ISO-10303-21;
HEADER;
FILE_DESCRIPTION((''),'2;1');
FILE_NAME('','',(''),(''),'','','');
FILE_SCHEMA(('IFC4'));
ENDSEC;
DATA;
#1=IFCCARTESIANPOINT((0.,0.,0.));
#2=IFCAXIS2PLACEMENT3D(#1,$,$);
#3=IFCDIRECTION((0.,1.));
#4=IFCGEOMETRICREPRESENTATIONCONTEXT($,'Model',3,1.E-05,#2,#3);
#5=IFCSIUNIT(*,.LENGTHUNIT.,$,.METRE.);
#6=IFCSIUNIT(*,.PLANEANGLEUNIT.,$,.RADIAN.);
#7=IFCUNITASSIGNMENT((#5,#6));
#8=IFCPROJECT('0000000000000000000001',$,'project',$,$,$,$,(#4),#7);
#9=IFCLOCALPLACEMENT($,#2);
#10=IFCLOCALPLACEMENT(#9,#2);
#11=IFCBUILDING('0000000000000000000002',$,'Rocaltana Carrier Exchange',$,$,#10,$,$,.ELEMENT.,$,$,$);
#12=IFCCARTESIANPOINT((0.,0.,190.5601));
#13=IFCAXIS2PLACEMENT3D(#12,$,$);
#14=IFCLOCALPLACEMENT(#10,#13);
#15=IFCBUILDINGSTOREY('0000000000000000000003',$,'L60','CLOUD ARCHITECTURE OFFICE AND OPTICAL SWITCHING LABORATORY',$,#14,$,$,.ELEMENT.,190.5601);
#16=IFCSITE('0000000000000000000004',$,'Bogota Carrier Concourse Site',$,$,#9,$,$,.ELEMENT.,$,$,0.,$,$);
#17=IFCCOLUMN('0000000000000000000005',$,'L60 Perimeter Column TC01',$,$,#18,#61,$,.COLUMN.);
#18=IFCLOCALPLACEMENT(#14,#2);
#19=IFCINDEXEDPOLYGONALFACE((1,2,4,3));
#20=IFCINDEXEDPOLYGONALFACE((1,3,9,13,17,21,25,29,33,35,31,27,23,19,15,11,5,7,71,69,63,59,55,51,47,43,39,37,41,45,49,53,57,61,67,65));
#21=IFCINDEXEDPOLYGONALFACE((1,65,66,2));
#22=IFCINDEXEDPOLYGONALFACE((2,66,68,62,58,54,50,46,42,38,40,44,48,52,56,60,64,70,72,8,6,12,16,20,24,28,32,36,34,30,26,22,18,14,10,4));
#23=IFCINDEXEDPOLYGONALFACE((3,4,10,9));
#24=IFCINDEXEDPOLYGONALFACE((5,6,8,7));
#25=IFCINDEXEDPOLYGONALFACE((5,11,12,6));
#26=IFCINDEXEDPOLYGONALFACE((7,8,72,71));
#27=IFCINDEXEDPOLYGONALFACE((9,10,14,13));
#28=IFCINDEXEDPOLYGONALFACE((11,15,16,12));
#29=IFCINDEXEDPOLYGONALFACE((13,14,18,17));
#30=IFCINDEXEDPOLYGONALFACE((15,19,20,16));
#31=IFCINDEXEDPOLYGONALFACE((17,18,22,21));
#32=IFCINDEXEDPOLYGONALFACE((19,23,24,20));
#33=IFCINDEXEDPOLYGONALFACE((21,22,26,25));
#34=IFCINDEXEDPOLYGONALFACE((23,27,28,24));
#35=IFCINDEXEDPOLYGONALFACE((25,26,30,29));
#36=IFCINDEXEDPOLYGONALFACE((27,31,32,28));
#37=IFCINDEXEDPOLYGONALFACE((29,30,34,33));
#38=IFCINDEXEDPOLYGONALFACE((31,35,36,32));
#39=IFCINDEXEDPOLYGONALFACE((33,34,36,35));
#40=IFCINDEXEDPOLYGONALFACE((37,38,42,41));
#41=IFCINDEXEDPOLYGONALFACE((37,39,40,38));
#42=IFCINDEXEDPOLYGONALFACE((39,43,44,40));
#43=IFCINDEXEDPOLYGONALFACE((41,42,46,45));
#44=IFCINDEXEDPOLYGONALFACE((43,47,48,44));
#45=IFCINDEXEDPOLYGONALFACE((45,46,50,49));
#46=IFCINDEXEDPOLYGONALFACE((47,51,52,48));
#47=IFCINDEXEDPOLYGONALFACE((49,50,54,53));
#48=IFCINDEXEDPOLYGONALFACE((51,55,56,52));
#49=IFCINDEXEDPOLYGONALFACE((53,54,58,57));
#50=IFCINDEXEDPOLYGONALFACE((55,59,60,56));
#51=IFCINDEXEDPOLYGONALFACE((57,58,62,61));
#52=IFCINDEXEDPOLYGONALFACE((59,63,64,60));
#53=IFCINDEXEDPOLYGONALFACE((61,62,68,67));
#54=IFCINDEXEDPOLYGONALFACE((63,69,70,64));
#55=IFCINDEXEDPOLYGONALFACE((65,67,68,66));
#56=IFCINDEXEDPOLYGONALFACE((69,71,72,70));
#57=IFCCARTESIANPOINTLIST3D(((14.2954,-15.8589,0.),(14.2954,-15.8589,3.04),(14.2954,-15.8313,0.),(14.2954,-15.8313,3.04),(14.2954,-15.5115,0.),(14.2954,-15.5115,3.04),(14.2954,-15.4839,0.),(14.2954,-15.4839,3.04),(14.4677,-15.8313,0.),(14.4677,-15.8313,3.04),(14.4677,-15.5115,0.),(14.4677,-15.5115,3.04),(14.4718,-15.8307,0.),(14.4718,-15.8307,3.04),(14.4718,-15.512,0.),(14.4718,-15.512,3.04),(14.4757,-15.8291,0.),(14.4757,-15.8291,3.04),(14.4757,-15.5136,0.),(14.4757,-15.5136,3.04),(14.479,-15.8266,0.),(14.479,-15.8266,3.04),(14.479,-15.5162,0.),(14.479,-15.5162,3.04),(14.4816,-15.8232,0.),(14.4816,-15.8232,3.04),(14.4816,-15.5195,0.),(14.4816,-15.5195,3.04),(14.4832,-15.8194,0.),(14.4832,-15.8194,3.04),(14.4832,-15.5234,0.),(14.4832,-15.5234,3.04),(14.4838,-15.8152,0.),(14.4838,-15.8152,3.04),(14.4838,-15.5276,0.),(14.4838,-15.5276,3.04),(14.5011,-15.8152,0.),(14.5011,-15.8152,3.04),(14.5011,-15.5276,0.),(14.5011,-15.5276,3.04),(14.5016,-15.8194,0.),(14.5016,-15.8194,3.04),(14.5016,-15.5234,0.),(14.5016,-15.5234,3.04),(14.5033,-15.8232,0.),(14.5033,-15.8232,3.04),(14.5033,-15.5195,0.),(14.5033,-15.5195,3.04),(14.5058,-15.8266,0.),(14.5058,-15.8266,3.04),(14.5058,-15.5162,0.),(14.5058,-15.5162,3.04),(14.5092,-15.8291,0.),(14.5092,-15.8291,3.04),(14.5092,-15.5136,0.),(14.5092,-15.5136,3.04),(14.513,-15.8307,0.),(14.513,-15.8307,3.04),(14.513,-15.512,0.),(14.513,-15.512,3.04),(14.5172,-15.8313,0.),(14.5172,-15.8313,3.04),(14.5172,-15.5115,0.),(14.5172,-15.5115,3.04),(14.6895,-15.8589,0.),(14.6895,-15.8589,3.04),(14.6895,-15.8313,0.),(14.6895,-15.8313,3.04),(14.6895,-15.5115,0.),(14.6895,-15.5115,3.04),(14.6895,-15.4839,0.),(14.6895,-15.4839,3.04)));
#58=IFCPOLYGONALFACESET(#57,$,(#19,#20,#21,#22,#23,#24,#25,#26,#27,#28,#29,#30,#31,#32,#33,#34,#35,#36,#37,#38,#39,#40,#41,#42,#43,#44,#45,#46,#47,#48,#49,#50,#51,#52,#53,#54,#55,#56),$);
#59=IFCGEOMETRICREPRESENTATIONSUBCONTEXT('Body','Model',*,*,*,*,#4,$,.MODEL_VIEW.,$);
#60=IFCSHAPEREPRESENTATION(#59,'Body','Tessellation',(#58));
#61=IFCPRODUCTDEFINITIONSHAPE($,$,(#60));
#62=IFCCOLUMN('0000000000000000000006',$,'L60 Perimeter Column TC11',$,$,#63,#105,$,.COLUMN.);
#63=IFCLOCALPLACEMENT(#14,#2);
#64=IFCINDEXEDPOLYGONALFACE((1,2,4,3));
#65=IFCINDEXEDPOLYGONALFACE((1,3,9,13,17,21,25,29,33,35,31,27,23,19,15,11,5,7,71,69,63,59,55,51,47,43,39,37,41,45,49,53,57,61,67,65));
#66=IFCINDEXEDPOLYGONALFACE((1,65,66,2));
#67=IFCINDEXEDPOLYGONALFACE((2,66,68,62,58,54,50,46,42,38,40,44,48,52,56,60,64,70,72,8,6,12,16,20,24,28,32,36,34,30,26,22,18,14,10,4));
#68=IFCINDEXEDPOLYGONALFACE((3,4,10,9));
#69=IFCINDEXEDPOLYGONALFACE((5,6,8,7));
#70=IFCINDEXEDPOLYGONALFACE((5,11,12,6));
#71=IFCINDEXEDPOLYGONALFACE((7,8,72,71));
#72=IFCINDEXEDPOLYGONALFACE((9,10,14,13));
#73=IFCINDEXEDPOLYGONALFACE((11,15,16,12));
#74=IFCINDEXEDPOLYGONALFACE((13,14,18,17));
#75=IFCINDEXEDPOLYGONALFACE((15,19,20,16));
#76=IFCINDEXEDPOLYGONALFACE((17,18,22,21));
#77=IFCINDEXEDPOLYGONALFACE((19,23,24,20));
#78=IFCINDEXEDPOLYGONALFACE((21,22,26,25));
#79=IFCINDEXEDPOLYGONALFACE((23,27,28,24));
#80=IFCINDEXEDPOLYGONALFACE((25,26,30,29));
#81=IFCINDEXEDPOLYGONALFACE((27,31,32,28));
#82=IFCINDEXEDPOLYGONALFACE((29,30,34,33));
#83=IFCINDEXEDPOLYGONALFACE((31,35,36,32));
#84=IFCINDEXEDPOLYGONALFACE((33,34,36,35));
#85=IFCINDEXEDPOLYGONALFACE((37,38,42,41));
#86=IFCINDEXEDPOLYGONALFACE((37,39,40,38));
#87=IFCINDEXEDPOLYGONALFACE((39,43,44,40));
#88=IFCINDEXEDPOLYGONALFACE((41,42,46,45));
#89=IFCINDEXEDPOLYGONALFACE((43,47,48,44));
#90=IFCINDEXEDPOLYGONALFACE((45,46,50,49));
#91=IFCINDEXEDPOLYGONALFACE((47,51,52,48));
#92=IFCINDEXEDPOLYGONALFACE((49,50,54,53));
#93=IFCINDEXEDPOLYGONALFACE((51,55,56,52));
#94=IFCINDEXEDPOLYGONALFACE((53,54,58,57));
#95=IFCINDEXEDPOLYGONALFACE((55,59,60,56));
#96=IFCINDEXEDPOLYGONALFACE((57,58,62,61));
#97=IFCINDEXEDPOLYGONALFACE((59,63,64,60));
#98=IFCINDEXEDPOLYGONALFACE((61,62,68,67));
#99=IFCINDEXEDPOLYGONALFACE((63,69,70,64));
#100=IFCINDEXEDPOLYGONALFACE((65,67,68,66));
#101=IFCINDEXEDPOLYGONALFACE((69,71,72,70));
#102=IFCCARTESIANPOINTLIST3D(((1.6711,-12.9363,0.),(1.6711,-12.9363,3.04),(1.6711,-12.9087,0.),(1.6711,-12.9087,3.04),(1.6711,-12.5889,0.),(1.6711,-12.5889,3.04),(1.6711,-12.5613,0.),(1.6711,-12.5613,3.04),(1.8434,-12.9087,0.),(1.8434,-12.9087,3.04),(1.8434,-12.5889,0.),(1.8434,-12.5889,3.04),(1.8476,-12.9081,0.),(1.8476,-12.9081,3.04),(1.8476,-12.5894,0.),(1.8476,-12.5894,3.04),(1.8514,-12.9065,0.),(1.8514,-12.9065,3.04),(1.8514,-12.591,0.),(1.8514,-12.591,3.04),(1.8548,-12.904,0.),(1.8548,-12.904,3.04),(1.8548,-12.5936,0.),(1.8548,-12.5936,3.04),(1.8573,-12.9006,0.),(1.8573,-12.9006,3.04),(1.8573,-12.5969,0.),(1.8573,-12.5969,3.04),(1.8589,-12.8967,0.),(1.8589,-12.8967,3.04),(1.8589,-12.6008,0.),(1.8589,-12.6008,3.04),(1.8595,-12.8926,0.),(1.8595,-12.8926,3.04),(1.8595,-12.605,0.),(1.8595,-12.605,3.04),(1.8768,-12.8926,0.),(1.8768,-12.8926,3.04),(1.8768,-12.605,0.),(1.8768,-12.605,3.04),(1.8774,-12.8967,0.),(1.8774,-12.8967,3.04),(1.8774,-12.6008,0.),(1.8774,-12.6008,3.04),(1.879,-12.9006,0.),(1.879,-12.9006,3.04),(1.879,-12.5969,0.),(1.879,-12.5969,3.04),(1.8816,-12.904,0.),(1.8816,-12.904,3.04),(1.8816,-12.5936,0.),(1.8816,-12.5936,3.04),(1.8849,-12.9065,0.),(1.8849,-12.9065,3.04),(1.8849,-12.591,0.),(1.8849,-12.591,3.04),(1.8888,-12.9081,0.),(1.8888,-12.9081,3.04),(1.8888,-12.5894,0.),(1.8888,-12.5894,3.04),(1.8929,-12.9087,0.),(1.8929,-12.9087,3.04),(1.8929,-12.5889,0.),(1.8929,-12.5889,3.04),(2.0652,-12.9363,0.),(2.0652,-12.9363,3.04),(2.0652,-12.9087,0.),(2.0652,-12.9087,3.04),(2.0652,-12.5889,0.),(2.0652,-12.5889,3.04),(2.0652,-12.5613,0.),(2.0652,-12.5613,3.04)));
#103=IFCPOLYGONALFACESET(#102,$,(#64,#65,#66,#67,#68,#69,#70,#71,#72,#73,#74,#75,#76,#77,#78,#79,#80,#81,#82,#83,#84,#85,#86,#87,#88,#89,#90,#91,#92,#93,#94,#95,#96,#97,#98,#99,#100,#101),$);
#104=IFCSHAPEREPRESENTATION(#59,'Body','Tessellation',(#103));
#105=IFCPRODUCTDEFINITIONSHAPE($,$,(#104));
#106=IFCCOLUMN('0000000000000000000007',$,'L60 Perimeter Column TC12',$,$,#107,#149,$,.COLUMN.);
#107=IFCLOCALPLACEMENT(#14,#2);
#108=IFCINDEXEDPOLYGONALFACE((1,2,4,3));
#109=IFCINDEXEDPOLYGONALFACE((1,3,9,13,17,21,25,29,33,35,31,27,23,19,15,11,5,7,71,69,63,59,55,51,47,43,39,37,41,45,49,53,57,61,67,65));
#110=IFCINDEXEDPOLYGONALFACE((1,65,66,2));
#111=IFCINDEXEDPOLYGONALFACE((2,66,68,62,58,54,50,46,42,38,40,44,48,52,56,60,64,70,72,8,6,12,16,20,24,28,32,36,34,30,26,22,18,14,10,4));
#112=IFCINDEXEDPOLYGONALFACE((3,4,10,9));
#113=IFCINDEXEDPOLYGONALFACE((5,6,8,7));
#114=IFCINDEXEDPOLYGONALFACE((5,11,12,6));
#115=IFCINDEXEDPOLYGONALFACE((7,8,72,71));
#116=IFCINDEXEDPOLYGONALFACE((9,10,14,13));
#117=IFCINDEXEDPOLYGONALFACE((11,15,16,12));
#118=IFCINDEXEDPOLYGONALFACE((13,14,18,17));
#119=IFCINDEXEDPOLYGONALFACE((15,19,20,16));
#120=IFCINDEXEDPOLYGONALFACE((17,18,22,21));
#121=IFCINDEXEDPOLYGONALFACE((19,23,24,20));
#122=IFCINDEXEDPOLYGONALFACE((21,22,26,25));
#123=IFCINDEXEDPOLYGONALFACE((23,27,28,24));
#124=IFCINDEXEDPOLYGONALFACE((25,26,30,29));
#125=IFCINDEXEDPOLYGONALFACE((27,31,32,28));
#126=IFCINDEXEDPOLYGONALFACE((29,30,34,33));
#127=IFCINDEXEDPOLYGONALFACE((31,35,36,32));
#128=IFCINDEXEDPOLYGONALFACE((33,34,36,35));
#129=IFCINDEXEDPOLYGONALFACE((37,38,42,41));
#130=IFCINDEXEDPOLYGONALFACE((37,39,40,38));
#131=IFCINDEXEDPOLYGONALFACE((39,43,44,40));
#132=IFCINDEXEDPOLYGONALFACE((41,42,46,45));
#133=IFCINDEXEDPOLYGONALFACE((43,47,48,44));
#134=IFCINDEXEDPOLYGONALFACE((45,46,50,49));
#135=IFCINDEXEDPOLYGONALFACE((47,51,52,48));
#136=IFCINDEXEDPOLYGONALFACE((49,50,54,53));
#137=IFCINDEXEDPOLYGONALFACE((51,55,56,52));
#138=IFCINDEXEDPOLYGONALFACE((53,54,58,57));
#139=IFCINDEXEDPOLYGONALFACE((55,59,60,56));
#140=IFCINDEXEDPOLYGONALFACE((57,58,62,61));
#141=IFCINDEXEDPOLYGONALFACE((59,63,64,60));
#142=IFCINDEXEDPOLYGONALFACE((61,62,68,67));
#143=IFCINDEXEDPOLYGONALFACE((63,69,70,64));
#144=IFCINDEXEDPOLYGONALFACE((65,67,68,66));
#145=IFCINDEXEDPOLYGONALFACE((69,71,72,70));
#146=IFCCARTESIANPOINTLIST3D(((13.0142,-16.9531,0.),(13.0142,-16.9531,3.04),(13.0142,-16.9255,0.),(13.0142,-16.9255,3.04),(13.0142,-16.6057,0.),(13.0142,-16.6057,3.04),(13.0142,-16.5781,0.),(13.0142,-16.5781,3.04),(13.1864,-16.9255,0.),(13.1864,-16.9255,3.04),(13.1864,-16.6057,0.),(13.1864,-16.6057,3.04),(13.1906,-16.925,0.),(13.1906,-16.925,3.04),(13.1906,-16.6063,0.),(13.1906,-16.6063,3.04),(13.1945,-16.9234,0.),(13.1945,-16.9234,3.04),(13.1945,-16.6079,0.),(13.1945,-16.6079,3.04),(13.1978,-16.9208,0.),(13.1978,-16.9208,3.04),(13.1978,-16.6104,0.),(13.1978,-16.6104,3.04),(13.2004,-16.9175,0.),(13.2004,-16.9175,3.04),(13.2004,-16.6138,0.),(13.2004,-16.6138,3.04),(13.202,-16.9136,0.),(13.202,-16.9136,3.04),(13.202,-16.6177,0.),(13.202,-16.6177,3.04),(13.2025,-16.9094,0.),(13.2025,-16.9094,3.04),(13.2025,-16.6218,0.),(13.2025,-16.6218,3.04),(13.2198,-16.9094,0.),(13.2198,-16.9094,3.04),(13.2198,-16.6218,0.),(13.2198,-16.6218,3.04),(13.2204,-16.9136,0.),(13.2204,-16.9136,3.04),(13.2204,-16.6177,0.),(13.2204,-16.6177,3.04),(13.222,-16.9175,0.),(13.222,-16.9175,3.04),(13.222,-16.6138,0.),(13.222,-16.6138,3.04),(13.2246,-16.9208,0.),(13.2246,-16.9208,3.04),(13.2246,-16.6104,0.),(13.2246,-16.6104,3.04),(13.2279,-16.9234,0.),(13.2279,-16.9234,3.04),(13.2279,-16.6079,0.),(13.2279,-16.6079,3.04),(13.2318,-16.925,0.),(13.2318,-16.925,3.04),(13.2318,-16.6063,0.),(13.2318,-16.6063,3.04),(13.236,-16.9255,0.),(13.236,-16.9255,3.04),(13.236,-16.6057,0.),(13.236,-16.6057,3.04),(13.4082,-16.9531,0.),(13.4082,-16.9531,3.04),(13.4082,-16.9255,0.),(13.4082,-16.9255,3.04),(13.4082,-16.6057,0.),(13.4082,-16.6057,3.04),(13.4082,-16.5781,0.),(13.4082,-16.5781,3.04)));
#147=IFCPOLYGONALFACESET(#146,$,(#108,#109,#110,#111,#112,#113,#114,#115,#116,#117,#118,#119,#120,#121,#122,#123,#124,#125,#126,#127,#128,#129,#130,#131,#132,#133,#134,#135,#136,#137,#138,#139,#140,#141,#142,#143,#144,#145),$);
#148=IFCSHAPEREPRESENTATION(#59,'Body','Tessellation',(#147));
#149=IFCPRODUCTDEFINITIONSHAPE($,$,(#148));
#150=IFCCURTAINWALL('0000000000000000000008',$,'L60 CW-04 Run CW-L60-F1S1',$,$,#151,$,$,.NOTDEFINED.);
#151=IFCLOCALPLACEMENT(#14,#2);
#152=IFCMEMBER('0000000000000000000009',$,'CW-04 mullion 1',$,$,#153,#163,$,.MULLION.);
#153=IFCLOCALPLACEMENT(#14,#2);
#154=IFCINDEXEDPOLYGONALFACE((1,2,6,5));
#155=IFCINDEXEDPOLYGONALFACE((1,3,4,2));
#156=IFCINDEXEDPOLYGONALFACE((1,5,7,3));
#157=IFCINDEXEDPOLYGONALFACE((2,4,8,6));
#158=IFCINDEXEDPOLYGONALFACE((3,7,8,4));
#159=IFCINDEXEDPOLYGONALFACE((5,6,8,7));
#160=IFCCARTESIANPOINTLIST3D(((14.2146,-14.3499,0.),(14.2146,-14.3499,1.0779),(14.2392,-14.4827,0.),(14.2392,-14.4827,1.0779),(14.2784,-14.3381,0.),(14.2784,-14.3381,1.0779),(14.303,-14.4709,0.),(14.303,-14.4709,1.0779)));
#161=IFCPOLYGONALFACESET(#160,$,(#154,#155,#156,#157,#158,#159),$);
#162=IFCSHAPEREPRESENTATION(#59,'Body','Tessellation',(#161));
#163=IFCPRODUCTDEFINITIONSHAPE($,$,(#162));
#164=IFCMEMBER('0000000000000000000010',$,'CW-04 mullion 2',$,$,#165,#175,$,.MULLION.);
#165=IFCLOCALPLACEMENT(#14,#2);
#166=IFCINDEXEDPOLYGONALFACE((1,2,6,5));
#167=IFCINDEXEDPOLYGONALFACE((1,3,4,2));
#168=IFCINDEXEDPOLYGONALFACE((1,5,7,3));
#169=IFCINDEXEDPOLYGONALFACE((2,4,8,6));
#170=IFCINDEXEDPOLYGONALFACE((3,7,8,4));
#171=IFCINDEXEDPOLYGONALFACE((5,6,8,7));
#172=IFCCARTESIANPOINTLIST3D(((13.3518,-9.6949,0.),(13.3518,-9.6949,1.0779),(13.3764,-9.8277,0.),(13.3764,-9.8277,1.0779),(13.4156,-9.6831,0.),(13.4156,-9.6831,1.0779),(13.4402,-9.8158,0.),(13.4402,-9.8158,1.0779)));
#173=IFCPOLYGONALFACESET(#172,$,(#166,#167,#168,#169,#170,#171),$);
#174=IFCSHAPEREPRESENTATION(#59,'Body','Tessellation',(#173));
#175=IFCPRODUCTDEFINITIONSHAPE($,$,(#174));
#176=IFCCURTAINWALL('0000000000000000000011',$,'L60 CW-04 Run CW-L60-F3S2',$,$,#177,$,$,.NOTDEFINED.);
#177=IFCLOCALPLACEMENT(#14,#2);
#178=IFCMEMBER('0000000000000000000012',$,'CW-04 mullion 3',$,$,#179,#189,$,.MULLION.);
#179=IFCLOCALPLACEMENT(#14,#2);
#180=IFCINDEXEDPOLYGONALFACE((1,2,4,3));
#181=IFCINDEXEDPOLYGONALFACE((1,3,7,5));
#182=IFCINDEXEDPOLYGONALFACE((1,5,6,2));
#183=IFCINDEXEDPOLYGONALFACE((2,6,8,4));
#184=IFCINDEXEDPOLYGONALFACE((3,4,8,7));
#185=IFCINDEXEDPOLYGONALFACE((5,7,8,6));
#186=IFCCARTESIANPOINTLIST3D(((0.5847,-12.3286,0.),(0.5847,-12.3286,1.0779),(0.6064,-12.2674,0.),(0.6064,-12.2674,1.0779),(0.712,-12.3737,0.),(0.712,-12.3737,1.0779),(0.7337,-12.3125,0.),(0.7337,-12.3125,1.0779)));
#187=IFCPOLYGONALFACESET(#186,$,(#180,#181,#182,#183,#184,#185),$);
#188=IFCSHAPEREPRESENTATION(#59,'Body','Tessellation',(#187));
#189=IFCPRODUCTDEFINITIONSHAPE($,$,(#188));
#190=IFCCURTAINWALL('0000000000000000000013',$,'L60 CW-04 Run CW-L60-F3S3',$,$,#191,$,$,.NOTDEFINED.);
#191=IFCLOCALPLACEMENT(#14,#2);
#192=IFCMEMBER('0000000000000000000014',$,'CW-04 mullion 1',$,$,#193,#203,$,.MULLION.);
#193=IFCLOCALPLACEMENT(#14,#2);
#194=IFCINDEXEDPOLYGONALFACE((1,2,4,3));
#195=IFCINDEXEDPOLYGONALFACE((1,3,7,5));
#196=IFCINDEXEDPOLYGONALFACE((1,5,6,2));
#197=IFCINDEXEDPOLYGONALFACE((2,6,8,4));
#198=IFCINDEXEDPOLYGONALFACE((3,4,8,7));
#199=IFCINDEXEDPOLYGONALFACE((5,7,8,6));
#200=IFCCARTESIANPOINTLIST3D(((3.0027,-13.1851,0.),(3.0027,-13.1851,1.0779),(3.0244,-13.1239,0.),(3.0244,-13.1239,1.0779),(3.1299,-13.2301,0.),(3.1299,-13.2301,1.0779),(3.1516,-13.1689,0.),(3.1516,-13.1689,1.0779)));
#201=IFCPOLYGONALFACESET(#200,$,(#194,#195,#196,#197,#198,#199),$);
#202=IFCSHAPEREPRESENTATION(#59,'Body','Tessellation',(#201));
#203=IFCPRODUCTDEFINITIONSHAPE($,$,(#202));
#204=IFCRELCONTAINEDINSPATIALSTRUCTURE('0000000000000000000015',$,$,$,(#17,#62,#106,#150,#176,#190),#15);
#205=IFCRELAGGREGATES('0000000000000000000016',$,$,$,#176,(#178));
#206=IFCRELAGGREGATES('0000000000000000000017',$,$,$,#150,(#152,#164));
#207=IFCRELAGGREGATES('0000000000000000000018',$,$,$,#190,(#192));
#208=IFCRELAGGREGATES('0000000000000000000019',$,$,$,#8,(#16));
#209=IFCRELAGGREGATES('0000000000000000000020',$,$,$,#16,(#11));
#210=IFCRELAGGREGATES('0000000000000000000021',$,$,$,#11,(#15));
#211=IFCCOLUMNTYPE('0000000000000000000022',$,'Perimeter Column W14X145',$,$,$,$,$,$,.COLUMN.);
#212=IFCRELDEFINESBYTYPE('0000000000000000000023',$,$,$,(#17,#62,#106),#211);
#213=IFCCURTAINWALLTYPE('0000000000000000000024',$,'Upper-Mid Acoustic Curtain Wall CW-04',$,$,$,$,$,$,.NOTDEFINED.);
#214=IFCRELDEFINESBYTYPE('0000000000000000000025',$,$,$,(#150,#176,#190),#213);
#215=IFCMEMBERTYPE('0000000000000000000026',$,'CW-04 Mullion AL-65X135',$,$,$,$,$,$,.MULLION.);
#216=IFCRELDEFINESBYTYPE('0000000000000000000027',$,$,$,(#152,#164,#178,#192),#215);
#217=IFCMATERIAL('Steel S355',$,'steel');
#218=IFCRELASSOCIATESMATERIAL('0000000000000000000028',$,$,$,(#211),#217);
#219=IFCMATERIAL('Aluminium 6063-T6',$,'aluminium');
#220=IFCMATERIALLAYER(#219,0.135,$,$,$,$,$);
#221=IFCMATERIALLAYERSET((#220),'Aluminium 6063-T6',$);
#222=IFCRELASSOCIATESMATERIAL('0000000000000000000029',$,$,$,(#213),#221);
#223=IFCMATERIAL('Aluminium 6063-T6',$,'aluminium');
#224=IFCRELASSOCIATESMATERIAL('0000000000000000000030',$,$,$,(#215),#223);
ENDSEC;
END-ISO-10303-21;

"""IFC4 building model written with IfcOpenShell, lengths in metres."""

from ifc_helpers import new_model, si_unit, direction, frame, origin, origin_2d, place, context, subcontext, project, spatial, rectangle, i_section, extrude, material, layer, layer_set, material_profile, profile_set, type_object, element, aggregate, save


model = new_model("IFC4")

# Units and contexts
model_context = context("Model", 3, precision=1e-05, world=origin(), true_north=direction((0.0, 1.0)))
body_context = subcontext(model_context, "Body", "Model", "MODEL_VIEW")
ifc_project = project(units=[si_unit("LENGTHUNIT", "METRE"), si_unit("PLANEANGLEUNIT", "RADIAN")], contexts=[model_context])

# Site, building, storey
site_placement = place(None, origin())
site = spatial("IfcSite", under=ifc_project, at=site_placement, Name="Bogota Carrier Concourse Site", CompositionType="ELEMENT", RefElevation=0.0)
building_placement = place(site_placement, origin())
building = spatial("IfcBuilding", under=site, at=building_placement, Name="Rocaltana Carrier Exchange", CompositionType="ELEMENT")
storey_placement = place(building_placement, frame((0.0, 0.0, 190.5601)))
storey = spatial("IfcBuildingStorey", under=building, at=storey_placement, Name="L60", Description="CLOUD ARCHITECTURE OFFICE AND OPTICAL SWITCHING LABORATORY", CompositionType="ELEMENT", Elevation=190.5601)

# Columns
ifc_material_1 = material(Name="Steel S355", Category="steel")
ifc_material_profile_1 = material_profile(ifc_material_1, i_section(OverallWidth=0.394, OverallDepth=0.375, WebThickness=0.0173, FlangeThickness=0.0276, FilletRadius=0.0161, at=origin_2d()), Name="W14X145")
ifc_profile_set_1 = profile_set([ifc_material_profile_1], Name="Steel S355")
column_type = type_object("IfcColumnType", Name="Perimeter Column W14X145", PredefinedType="COLUMN", material=ifc_profile_set_1)
for number, where, z_axis, x_axis, name in (
    (1, (14.4924, -15.6714, 0.0), (0.0, 0.0, 1.0), (1.0, 0.0, 0.0), "L60 Perimeter Column TC01"),
    (2, (1.8682, -12.7488, 0.0), (0.0, 0.0, 1.0), (1.0, 0.0, 0.0), "L60 Perimeter Column TC11"),
    (3, (13.2112, -16.7656, 0.0), (0.0, 0.0, 1.0), (1.0, 0.0, 0.0), "L60 Perimeter Column TC12"),
):
    element("IfcColumn", number, at=place(storey_placement, frame(where, z_axis=z_axis, x_axis=x_axis)), inside=storey, type_object=column_type, Name=name, PredefinedType="COLUMN", context=body_context, shape_type="SweptSolid", body=[
        extrude(i_section(OverallWidth=0.394, OverallDepth=0.375, WebThickness=0.0173, FlangeThickness=0.0276, FilletRadius=0.0161, at=origin_2d()), origin(), (0.0, 0.0, 1.0), 3.04),
    ])

# Curtain wall, members
ifc_material_2 = material(Name="Aluminium 6063-T6", Category="aluminium")
ifc_layer_1 = layer(ifc_material_2, 0.135)
ifc_layer_set_1 = layer_set([ifc_layer_1], Name="Aluminium 6063-T6")
curtain_wall_type = type_object("IfcCurtainWallType", Name="Upper-Mid Acoustic Curtain Wall CW-04", PredefinedType="NOTDEFINED", material=ifc_layer_set_1)
curtain_wall_1_placement = place(storey_placement, origin())
curtain_wall_1 = element("IfcCurtainWall", 4, at=curtain_wall_1_placement, inside=storey, type_object=curtain_wall_type, Name="L60 CW-04 Run CW-L60-F1S1", PredefinedType="NOTDEFINED")
ifc_material_3 = material(Name="Aluminium 6063-T6", Category="aluminium")
ifc_material_profile_2 = material_profile(ifc_material_3, rectangle(XDim=0.0649, YDim=0.135, at=origin_2d()), Name="AL-65X135")
ifc_profile_set_2 = profile_set([ifc_material_profile_2], Name="Aluminium 6063-T6")
member_type_1 = type_object("IfcMemberType", Name="CW-04 Mullion AL-65X135", PredefinedType="MULLION", material=ifc_profile_set_2)
member_1_placement = place(storey_placement, frame((14.2588, -14.4104, 0.0), z_axis=(0.0, 0.0, 1.0), x_axis=(-0.983255, -0.182234, 0.0)))
member_1 = element("IfcMember", 5, at=member_1_placement, type_object=member_type_1, Name="CW-04 mullion 1", PredefinedType="MULLION", context=body_context, shape_type="SweptSolid", body=[
    extrude(rectangle(XDim=0.0649, YDim=0.135, at=origin_2d()), origin(), (0.0, 0.0, 1.0), 1.0779),
])
member_2_placement = place(storey_placement, frame((13.396, -9.7554, 0.0), z_axis=(0.0, 0.0, 1.0), x_axis=(-0.983255, -0.182234, 0.0)))
member_2 = element("IfcMember", 6, at=member_2_placement, type_object=member_type_1, Name="CW-04 mullion 2", PredefinedType="MULLION", context=body_context, shape_type="SweptSolid", body=[
    extrude(rectangle(XDim=0.0649, YDim=0.135, at=origin_2d()), origin(), (0.0, 0.0, 1.0), 1.0779),
])

# Curtain wall, member
curtain_wall_2_placement = place(storey_placement, origin())
curtain_wall_2 = element("IfcCurtainWall", 7, at=curtain_wall_2_placement, inside=storey, type_object=curtain_wall_type, Name="L60 CW-04 Run CW-L60-F3S2", PredefinedType="NOTDEFINED")
member_3_placement = place(storey_placement, frame((0.6592, -12.3206, 0.0), z_axis=(0.0, 0.0, 1.0), x_axis=(0.333799, 0.942644, 0.0)))
member_3 = element("IfcMember", 8, at=member_3_placement, type_object=member_type_1, Name="CW-04 mullion 3", PredefinedType="MULLION", context=body_context, shape_type="SweptSolid", body=[
    extrude(rectangle(XDim=0.0649, YDim=0.135, at=origin_2d()), origin(), (0.0, 0.0, 1.0), 1.0779),
])
aggregate(curtain_wall_2, [member_3])

# Curtain wall, member
curtain_wall_3_placement = place(storey_placement, origin())
curtain_wall_3 = element("IfcCurtainWall", 9, at=curtain_wall_3_placement, inside=storey, type_object=curtain_wall_type, Name="L60 CW-04 Run CW-L60-F3S3", PredefinedType="NOTDEFINED")
member_4_placement = place(storey_placement, frame((3.0771, -13.177, 0.0), z_axis=(0.0, 0.0, 1.0), x_axis=(0.333799, 0.942644, 0.0)))
member_4 = element("IfcMember", 10, at=member_4_placement, type_object=member_type_1, Name="CW-04 mullion 1", PredefinedType="MULLION", context=body_context, shape_type="SweptSolid", body=[
    extrude(rectangle(XDim=0.0649, YDim=0.135, at=origin_2d()), origin(), (0.0, 0.0, 1.0), 1.0779),
])

aggregate(curtain_wall_1, [member_1, member_2])
aggregate(curtain_wall_3, [member_4])

save(model, "model.ifc")
